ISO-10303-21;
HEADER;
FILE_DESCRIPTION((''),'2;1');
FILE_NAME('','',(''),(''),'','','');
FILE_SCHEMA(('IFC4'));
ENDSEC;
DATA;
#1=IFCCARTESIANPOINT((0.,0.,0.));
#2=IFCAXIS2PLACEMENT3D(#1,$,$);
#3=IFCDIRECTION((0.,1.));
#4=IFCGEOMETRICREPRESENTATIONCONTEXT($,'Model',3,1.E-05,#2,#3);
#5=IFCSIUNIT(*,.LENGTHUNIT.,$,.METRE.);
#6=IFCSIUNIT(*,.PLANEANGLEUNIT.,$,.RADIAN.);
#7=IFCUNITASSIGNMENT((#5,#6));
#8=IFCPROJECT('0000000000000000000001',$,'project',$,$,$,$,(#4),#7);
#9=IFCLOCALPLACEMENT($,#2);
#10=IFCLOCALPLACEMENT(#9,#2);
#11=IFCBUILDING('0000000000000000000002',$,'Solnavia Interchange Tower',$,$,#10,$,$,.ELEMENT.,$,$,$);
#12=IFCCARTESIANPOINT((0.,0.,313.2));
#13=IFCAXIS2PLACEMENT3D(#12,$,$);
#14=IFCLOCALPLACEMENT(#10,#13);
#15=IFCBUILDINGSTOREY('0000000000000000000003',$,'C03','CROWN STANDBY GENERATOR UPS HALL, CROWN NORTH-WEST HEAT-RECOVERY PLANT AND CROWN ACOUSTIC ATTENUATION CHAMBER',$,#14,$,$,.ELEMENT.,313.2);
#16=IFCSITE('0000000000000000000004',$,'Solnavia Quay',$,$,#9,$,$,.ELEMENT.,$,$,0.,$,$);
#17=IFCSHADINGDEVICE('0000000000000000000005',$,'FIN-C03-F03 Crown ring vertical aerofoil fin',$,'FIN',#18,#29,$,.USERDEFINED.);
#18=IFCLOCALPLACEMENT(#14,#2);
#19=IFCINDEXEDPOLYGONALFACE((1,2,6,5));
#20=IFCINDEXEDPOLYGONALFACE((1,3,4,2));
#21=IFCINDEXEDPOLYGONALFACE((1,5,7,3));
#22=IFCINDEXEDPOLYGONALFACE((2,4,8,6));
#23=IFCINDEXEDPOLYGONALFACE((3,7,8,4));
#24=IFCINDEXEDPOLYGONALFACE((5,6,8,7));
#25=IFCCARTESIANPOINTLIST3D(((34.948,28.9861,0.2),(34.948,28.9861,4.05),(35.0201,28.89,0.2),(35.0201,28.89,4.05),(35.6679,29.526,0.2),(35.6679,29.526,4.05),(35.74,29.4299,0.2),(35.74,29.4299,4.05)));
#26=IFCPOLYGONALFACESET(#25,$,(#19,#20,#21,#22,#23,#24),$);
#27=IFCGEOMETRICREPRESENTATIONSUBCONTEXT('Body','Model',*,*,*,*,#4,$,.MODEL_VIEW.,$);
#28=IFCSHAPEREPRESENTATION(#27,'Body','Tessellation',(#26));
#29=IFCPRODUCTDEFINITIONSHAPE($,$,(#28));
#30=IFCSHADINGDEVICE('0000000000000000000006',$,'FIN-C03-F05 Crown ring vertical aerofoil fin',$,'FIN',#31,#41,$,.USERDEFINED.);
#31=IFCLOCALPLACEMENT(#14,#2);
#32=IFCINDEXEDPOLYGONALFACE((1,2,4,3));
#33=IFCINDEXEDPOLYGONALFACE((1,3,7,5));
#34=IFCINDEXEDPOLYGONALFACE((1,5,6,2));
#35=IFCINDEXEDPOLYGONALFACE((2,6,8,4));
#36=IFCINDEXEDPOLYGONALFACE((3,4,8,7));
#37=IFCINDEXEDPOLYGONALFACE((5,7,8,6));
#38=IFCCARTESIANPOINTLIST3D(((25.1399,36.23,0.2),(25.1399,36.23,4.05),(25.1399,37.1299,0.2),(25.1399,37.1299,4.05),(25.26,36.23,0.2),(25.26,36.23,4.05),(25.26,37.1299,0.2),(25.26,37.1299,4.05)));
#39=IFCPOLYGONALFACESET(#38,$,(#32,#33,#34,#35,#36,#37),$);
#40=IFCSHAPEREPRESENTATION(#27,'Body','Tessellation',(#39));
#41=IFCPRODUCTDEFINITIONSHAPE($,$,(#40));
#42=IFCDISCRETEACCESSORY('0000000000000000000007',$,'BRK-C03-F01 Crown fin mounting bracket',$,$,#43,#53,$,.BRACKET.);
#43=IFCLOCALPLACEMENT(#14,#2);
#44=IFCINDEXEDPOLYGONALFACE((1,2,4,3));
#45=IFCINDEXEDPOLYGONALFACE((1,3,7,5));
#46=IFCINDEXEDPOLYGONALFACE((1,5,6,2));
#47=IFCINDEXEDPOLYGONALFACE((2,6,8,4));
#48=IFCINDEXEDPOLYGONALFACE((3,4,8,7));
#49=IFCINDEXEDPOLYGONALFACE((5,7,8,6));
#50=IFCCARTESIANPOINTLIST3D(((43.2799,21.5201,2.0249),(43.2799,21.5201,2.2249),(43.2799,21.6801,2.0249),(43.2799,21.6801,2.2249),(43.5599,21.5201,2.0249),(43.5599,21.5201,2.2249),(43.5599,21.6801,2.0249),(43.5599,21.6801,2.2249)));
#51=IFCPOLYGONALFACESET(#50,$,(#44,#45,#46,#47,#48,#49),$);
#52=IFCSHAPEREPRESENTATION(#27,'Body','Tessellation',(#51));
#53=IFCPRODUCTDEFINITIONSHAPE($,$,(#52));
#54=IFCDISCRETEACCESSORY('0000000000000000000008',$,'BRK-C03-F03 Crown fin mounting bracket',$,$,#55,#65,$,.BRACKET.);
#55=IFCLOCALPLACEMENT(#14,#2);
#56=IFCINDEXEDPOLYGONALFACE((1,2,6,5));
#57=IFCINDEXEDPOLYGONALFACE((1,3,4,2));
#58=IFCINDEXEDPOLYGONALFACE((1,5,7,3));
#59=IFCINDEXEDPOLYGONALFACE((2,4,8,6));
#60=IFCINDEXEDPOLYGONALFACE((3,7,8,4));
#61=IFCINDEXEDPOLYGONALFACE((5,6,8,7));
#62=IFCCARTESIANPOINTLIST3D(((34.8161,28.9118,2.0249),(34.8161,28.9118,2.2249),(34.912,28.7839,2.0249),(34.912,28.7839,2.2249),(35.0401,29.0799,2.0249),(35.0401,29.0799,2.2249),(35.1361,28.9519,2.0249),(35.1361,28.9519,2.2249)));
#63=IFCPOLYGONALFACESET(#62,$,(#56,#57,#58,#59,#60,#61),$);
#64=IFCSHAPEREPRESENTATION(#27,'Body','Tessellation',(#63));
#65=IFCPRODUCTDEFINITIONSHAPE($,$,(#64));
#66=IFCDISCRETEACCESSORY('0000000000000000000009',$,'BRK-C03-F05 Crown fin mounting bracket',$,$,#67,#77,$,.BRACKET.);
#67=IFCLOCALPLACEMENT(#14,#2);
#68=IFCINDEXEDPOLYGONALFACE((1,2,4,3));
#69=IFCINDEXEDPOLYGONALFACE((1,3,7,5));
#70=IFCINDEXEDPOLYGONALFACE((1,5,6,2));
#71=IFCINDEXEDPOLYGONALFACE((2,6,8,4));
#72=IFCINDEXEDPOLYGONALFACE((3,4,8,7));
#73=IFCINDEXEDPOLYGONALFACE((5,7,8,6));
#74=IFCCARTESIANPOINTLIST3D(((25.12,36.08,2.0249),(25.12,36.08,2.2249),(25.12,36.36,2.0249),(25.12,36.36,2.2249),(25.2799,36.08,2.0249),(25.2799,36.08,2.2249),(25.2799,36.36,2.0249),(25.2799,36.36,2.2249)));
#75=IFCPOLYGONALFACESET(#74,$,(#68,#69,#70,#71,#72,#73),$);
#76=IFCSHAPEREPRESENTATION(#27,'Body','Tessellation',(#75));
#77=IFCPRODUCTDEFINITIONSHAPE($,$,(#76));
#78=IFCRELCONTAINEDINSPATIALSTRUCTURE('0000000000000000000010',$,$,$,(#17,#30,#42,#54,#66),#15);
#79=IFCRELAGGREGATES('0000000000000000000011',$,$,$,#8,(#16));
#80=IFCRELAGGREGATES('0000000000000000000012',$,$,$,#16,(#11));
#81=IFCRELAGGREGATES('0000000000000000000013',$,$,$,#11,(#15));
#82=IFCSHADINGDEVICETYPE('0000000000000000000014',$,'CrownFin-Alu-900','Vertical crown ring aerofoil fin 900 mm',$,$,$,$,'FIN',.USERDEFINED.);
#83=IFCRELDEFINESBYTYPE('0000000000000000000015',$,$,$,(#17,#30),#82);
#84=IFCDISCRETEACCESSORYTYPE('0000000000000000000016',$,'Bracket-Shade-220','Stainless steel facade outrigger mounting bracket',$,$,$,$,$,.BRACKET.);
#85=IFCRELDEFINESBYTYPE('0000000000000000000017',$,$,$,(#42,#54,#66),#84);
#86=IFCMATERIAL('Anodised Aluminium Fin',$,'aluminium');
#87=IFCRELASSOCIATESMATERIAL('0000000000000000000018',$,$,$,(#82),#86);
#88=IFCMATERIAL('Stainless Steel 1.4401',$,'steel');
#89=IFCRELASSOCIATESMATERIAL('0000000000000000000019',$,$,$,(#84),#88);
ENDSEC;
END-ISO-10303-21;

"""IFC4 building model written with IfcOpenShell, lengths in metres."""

from ifc_helpers import new_model, si_unit, direction, frame, origin, origin_2d, place, context, subcontext, project, spatial, rectangle, extrude, material, type_object, element, save


model = new_model("IFC4")

# Units and contexts
model_context = context("Model", 3, precision=1e-05, world=origin(), true_north=direction((0.0, 1.0)))
body_context = subcontext(model_context, "Body", "Model", "MODEL_VIEW")
ifc_project = project(units=[si_unit("LENGTHUNIT", "METRE"), si_unit("PLANEANGLEUNIT", "RADIAN")], contexts=[model_context])

# Site, building, storey
site_placement = place(None, origin())
site = spatial("IfcSite", under=ifc_project, at=site_placement, Name="Solnavia Quay", CompositionType="ELEMENT", RefElevation=0.0)
building_placement = place(site_placement, origin())
building = spatial("IfcBuilding", under=site, at=building_placement, Name="Solnavia Interchange Tower", CompositionType="ELEMENT")
storey_placement = place(building_placement, frame((0.0, 0.0, 313.2)))
storey = spatial("IfcBuildingStorey", under=building, at=storey_placement, Name="C03", Description="CROWN STANDBY GENERATOR UPS HALL, CROWN NORTH-WEST HEAT-RECOVERY PLANT AND CROWN ACOUSTIC ATTENUATION CHAMBER", CompositionType="ELEMENT", Elevation=313.2)

# Shading devices
ifc_material_1 = material(Name="Anodised Aluminium Fin", Category="aluminium")
shading_device_type = type_object("IfcShadingDeviceType", Name="CrownFin-Alu-900", Description="Vertical crown ring aerofoil fin 900 mm", ElementType="FIN", PredefinedType="USERDEFINED", material=ifc_material_1)
for number, where, z_axis, x_axis, name in (
    (1, (35.344, 29.208, 0.2), (0.0, 0.0, 1.0), (0.799999, 0.600001, 0.0), "FIN-C03-F03 Crown ring vertical aerofoil fin"),
    (2, (25.2, 36.6799, 0.2), (0.0, 0.0, 1.0), (0.0, 1.0, 0.0), "FIN-C03-F05 Crown ring vertical aerofoil fin"),
):
    element("IfcShadingDevice", number, at=place(storey_placement, frame(where, z_axis=z_axis, x_axis=x_axis)), inside=storey, type_object=shading_device_type, Name=name, ObjectType="FIN", PredefinedType="USERDEFINED", context=body_context, shape_type="SweptSolid", body=[
        extrude(rectangle(XDim=0.8999, YDim=0.1201, at=origin_2d()), origin(), (0.0, 0.0, 1.0), 3.8501),
    ])

# Discrete accessories
ifc_material_2 = material(Name="Stainless Steel 1.4401", Category="steel")
discrete_accessory_type = type_object("IfcDiscreteAccessoryType", Name="Bracket-Shade-220", Description="Stainless steel facade outrigger mounting bracket", PredefinedType="BRACKET", material=ifc_material_2)
for number, where, z_axis, x_axis, name in (
    (3, (43.4199, 21.6001, 2.0249), (0.0, 0.0, 1.0), (1.0, 0.0, 0.0), "BRK-C03-F01 Crown fin mounting bracket"),
    (4, (34.9761, 28.9319, 2.0249), (0.0, 0.0, 1.0), (0.799999, 0.600001, 0.0), "BRK-C03-F03 Crown fin mounting bracket"),
    (5, (25.2, 36.22, 2.0249), (0.0, 0.0, 1.0), (0.0, 1.0, 0.0), "BRK-C03-F05 Crown fin mounting bracket"),
):
    element("IfcDiscreteAccessory", number, at=place(storey_placement, frame(where, z_axis=z_axis, x_axis=x_axis)), inside=storey, type_object=discrete_accessory_type, Name=name, PredefinedType="BRACKET", context=body_context, shape_type="SweptSolid", body=[
        extrude(rectangle(XDim=0.28, YDim=0.1599, at=origin_2d()), origin(), (0.0, 0.0, 1.0), 0.2),
    ])

save(model, "model.ifc")
